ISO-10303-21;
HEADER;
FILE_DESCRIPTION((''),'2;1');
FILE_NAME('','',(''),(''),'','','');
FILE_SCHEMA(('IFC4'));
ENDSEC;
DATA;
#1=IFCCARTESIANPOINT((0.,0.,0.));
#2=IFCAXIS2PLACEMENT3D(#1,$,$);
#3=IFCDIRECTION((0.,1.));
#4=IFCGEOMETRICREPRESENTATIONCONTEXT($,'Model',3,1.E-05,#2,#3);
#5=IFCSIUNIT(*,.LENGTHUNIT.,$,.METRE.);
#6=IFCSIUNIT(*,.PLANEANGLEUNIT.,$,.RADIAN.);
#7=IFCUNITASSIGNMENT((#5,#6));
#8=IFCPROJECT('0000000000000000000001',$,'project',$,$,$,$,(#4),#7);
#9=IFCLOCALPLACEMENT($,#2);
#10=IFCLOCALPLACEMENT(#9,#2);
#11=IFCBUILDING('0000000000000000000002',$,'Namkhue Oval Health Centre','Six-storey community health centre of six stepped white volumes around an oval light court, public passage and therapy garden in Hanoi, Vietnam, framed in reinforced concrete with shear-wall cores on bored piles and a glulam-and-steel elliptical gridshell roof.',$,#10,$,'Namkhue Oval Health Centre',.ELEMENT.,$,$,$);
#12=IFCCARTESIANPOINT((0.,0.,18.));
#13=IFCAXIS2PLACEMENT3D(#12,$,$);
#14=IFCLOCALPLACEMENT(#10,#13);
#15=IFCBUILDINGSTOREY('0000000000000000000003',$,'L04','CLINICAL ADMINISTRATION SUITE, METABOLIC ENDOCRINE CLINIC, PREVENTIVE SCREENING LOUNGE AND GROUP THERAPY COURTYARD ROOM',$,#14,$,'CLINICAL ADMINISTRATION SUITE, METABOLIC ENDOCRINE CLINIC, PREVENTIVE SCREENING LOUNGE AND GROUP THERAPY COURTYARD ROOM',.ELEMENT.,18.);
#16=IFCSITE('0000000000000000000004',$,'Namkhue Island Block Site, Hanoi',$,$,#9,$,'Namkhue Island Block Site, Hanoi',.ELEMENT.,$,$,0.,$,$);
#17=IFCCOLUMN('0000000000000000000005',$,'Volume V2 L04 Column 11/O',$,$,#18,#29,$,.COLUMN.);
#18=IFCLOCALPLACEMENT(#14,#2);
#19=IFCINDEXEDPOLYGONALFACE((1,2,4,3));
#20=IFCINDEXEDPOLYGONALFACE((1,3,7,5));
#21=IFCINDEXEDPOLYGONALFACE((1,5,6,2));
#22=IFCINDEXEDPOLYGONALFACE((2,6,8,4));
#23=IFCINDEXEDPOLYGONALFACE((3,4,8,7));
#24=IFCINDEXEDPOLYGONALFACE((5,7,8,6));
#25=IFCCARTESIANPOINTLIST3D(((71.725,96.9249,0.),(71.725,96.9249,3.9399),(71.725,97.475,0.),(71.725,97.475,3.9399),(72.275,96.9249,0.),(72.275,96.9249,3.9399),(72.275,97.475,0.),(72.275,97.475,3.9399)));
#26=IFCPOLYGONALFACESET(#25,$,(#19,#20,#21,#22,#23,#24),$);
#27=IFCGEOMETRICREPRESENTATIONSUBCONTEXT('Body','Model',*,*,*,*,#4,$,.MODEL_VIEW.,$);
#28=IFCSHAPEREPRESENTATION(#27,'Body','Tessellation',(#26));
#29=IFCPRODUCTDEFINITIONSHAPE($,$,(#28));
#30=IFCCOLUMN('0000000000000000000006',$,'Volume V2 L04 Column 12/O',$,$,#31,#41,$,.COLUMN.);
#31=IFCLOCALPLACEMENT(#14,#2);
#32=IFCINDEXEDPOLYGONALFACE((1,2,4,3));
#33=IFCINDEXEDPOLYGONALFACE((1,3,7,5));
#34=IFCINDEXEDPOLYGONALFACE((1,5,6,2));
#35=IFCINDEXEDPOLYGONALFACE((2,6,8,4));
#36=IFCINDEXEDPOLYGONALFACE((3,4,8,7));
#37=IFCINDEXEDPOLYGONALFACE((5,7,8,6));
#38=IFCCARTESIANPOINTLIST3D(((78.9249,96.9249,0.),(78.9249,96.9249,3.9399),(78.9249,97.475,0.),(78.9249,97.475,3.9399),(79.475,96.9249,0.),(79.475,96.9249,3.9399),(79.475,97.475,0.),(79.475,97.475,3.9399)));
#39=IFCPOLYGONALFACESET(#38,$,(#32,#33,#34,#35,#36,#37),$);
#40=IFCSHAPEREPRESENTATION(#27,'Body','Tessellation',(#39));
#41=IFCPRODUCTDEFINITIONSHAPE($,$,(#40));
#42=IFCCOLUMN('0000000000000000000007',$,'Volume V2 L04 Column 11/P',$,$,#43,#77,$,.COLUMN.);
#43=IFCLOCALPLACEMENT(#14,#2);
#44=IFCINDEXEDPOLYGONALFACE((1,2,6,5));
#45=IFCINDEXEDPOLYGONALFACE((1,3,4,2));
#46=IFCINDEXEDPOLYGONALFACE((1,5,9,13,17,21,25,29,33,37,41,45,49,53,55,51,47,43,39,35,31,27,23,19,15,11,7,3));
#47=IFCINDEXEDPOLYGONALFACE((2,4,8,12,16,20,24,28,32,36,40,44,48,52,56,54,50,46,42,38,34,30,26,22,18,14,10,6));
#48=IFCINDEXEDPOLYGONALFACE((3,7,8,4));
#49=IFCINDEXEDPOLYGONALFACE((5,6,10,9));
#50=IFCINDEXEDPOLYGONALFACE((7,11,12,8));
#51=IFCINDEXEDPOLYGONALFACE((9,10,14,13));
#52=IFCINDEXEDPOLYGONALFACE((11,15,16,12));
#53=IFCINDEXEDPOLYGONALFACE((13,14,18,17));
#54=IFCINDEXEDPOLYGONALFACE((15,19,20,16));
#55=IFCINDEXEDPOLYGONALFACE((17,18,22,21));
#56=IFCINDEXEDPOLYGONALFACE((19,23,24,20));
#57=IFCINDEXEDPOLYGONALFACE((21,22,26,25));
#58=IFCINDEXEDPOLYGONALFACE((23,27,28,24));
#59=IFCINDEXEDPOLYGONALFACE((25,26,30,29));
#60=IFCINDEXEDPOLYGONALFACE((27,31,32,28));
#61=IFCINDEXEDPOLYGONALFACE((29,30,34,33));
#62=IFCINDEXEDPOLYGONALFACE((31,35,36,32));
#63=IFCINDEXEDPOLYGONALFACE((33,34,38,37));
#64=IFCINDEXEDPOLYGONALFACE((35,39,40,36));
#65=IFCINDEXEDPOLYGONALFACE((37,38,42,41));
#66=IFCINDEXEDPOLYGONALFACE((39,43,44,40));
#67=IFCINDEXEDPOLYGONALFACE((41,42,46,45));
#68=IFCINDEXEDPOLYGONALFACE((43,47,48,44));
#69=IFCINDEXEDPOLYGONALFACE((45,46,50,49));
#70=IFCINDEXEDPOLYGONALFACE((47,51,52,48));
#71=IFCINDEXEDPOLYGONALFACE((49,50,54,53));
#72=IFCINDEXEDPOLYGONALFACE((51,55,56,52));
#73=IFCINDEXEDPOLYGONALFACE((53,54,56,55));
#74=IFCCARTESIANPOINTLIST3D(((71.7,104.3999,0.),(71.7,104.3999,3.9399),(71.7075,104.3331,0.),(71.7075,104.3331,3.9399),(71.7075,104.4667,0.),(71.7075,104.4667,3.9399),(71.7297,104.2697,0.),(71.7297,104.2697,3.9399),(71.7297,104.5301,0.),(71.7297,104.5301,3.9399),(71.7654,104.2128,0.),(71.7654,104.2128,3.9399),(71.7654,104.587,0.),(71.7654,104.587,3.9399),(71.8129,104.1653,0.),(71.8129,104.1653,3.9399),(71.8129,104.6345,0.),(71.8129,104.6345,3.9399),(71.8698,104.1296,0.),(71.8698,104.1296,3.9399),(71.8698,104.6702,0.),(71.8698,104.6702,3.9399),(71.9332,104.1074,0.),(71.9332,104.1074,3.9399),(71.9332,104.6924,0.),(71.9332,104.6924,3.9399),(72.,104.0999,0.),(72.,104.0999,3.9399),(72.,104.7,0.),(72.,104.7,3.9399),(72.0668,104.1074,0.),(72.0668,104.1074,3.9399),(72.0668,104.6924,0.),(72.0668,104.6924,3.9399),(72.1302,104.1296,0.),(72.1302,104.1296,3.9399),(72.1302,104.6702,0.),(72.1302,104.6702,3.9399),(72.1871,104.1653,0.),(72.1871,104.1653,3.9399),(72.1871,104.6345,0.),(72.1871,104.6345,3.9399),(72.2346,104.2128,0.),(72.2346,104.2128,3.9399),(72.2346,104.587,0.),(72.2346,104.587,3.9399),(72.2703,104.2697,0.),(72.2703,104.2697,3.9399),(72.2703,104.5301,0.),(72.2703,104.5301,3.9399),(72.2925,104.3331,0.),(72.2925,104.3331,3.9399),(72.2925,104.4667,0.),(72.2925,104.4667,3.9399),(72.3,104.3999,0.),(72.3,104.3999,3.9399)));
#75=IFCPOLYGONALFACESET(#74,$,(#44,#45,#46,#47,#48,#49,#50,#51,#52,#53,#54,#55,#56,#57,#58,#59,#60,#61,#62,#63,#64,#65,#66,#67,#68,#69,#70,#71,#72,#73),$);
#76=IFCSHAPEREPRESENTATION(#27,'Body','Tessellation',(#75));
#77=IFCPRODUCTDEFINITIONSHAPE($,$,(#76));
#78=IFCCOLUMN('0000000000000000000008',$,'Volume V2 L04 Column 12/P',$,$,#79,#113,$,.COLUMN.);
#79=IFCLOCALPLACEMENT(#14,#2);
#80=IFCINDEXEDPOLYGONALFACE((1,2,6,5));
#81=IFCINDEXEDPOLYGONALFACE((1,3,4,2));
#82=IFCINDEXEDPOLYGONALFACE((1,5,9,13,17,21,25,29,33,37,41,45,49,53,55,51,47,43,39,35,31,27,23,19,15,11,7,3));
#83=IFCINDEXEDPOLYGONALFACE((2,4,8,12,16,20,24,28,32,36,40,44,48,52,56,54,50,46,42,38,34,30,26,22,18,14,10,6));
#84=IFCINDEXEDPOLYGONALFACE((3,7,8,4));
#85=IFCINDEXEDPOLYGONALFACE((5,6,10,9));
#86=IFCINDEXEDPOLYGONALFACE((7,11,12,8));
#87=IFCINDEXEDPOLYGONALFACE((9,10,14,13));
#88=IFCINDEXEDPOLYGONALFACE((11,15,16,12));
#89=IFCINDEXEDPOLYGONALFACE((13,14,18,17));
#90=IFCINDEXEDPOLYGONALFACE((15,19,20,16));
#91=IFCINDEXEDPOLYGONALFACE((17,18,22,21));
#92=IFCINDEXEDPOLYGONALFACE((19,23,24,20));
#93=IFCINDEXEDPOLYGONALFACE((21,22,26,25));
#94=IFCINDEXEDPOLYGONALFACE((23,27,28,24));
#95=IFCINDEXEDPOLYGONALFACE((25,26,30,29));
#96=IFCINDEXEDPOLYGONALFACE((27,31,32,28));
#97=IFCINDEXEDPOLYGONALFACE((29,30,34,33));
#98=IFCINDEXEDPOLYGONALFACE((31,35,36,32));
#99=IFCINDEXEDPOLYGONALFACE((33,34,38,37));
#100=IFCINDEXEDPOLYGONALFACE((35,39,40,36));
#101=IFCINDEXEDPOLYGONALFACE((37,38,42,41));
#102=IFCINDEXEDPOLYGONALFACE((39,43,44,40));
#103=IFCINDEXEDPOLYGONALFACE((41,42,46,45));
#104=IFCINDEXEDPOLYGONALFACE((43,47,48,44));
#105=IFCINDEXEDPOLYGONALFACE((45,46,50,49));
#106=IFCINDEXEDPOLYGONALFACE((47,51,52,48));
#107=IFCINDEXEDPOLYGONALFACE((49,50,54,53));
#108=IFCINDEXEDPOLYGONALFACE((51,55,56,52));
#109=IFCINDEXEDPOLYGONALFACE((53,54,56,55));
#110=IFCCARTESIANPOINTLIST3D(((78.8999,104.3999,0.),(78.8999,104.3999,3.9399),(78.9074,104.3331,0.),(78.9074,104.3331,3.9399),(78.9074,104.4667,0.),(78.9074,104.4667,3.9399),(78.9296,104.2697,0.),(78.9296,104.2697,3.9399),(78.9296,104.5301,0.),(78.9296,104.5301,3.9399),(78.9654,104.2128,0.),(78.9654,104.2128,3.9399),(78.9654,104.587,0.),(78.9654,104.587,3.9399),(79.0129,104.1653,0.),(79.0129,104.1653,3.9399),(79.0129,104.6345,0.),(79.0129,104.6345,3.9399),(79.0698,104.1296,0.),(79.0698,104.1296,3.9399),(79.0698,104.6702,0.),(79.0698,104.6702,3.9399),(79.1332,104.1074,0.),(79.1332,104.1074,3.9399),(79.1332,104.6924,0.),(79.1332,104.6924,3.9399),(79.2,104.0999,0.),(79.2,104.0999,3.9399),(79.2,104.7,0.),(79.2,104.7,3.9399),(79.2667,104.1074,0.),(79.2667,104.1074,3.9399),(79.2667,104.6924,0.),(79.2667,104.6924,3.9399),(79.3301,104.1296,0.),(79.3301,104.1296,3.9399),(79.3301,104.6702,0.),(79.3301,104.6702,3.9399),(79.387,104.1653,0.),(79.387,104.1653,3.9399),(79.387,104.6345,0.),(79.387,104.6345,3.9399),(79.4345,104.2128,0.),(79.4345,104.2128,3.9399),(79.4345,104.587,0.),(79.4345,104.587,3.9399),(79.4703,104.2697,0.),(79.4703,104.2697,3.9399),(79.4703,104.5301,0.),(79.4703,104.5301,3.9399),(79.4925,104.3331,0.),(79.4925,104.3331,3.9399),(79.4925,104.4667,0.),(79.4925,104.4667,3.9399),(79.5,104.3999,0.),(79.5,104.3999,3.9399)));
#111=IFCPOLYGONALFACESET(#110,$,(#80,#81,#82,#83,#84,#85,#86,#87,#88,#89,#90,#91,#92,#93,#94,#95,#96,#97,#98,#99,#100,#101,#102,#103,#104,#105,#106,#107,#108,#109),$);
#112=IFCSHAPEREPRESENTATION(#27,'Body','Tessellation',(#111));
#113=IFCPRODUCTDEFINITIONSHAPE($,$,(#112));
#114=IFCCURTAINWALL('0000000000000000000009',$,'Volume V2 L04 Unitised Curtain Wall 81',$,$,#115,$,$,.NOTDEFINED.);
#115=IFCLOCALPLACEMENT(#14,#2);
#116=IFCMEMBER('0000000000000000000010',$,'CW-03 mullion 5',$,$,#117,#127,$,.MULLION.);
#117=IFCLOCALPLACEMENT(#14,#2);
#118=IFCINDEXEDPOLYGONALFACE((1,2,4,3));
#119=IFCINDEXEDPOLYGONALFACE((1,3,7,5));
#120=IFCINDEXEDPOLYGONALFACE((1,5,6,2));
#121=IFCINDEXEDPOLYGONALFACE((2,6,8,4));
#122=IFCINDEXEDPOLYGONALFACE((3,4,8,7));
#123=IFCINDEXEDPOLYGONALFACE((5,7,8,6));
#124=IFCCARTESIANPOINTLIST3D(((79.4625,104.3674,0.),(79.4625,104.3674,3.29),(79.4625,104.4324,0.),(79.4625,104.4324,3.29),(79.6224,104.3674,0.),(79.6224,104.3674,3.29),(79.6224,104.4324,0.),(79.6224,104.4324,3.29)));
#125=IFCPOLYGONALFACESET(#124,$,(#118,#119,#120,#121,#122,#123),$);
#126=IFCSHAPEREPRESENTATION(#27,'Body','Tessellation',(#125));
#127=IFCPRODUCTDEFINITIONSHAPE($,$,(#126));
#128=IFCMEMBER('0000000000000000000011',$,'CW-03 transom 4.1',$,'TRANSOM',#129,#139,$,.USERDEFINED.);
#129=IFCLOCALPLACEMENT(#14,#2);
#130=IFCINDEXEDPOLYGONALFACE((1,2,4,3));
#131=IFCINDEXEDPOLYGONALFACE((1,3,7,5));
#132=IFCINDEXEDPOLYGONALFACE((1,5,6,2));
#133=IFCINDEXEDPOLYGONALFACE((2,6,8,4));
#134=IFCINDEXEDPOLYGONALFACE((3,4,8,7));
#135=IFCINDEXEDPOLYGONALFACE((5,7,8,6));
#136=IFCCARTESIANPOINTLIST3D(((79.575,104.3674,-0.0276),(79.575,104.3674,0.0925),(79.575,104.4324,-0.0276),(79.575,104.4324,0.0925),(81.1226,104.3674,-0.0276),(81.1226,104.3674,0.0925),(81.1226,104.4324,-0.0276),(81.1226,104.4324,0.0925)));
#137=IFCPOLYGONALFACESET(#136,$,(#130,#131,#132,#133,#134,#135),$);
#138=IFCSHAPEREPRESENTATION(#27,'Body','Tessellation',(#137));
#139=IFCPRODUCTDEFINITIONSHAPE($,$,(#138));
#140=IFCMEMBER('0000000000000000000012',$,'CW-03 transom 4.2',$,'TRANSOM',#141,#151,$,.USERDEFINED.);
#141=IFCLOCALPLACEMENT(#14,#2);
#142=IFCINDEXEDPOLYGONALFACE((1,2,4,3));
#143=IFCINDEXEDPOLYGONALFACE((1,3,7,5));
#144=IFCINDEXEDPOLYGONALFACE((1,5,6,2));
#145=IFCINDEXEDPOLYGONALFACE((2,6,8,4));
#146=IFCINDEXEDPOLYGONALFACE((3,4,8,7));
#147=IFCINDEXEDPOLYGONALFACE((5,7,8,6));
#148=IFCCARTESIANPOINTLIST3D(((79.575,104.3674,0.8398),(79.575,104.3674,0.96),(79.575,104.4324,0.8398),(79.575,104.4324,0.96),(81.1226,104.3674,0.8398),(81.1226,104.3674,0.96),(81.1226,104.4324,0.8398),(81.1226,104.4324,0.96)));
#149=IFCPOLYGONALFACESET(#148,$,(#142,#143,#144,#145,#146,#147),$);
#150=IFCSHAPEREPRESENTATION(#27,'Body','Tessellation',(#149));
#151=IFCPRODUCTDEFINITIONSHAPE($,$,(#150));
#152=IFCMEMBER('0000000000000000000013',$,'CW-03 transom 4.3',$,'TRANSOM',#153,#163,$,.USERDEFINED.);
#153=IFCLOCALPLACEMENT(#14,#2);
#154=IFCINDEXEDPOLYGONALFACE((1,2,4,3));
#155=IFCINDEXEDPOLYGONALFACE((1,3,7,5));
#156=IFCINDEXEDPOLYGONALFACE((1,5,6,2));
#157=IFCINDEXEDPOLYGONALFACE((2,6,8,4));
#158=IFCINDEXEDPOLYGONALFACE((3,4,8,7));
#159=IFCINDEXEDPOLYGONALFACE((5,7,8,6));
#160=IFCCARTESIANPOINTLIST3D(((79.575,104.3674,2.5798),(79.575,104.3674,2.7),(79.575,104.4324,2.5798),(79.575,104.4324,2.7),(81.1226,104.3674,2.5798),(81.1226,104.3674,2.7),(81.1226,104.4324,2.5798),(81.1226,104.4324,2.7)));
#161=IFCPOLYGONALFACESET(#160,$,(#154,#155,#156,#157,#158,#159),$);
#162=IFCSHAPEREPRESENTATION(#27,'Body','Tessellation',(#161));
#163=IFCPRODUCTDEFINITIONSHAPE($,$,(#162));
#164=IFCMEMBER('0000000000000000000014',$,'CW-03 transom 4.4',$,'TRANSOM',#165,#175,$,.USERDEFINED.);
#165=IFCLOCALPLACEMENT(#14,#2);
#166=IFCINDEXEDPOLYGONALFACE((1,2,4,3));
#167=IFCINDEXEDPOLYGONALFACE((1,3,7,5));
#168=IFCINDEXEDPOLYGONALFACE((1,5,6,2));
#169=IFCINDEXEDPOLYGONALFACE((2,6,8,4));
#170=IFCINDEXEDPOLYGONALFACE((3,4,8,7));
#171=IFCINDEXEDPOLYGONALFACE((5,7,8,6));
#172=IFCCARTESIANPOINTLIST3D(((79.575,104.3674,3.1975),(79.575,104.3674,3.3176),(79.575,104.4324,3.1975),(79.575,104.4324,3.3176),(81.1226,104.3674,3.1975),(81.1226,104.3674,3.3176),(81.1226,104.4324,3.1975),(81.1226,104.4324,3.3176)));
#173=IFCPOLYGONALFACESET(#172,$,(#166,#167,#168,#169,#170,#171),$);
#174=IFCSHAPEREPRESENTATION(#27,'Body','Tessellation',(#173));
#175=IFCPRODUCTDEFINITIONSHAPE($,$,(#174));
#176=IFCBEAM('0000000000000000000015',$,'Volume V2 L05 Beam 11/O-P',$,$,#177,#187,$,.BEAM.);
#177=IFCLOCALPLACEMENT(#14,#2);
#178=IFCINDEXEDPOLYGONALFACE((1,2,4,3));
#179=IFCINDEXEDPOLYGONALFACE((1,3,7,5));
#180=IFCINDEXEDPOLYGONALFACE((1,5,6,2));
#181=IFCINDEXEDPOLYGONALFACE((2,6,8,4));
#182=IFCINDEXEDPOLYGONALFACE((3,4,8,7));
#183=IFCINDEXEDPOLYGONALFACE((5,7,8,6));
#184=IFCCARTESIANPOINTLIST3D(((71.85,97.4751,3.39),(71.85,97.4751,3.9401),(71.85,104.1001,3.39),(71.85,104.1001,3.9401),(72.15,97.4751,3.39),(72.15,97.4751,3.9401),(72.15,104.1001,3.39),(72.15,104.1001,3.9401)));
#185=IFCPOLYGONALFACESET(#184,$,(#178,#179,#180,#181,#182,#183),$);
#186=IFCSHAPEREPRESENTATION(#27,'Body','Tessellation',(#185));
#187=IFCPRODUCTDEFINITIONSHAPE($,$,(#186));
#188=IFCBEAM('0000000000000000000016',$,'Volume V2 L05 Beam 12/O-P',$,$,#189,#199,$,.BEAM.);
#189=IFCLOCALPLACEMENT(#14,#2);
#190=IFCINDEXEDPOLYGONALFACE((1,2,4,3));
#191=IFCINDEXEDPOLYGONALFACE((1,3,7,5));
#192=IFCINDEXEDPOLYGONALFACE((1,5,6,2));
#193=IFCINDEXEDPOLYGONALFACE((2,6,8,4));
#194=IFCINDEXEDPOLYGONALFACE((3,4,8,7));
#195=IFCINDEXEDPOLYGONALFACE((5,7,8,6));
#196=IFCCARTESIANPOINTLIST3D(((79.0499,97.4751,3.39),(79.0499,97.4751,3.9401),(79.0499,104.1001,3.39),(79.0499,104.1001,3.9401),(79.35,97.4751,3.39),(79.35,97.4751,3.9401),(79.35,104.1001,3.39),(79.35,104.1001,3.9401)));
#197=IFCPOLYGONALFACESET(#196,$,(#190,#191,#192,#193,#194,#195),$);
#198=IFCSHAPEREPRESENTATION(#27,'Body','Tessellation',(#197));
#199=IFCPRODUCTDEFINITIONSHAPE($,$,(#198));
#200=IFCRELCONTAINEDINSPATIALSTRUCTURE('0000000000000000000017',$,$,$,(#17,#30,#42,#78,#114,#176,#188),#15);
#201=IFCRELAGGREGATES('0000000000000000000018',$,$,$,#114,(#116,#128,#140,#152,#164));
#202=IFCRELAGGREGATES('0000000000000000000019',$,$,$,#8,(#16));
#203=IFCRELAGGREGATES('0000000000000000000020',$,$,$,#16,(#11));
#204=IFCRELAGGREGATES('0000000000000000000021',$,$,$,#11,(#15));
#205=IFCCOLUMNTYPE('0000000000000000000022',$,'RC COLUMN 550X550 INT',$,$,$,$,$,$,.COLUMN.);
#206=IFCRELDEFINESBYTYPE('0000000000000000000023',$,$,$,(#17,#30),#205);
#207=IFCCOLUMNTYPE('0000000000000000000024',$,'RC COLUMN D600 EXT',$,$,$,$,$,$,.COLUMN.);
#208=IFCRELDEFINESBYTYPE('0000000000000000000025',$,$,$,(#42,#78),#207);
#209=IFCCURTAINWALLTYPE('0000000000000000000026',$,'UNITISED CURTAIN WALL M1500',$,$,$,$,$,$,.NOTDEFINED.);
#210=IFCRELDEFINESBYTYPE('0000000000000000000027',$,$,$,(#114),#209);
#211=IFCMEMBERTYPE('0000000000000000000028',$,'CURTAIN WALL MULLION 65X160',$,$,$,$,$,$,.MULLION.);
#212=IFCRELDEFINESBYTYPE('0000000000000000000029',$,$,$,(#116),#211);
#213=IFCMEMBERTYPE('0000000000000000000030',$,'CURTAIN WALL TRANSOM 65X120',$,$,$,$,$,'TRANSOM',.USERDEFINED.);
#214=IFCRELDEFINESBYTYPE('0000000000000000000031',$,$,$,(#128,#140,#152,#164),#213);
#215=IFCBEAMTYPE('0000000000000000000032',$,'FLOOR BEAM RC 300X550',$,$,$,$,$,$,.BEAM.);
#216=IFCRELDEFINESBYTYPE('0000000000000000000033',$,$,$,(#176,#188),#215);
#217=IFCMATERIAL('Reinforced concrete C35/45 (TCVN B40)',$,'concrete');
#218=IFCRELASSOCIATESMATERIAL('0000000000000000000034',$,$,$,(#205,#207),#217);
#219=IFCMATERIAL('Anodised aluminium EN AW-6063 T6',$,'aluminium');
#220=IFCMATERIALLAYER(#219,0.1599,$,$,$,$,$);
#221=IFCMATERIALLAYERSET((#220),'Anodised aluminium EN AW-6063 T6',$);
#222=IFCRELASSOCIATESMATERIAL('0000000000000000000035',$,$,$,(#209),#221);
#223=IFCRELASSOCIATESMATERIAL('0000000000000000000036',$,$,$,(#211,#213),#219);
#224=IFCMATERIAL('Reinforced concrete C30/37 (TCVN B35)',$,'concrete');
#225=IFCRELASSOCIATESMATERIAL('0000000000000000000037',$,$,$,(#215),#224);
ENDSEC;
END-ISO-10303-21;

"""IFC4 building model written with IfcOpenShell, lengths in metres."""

from ifc_helpers import new_model, si_unit, direction, frame, origin, origin_2d, place, context, subcontext, project, spatial, rectangle, circle, extrude, material, layer, layer_set, material_profile, profile_set, type_object, element, aggregate, save


model = new_model("IFC4")

# Units and contexts
model_context = context("Model", 3, precision=1e-05, world=origin(), true_north=direction((0.0, 1.0)))
body_context = subcontext(model_context, "Body", "Model", "MODEL_VIEW")
ifc_project = project(units=[si_unit("LENGTHUNIT", "METRE"), si_unit("PLANEANGLEUNIT", "RADIAN")], contexts=[model_context])

# Site, building, storey
site_placement = place(None, origin())
site = spatial("IfcSite", under=ifc_project, at=site_placement, Name="Namkhue Island Block Site, Hanoi", LongName="Namkhue Island Block Site, Hanoi", CompositionType="ELEMENT", RefElevation=0.0)
building_placement = place(site_placement, origin())
building = spatial("IfcBuilding", under=site, at=building_placement, Name="Namkhue Oval Health Centre", Description="Six-storey community health centre of six stepped white volumes around an oval light court, public passage and therapy garden in Hanoi, Vietnam, framed in reinforced concrete with shear-wall cores on bored piles and a glulam-and-steel elliptical gridshell roof.", LongName="Namkhue Oval Health Centre", CompositionType="ELEMENT")
storey_placement = place(building_placement, frame((0.0, 0.0, 18.0)))
storey = spatial("IfcBuildingStorey", under=building, at=storey_placement, Name="L04", Description="CLINICAL ADMINISTRATION SUITE, METABOLIC ENDOCRINE CLINIC, PREVENTIVE SCREENING LOUNGE AND GROUP THERAPY COURTYARD ROOM", LongName="CLINICAL ADMINISTRATION SUITE, METABOLIC ENDOCRINE CLINIC, PREVENTIVE SCREENING LOUNGE AND GROUP THERAPY COURTYARD ROOM", CompositionType="ELEMENT", Elevation=18.0)

# Columns
ifc_material_1 = material(Name="Reinforced concrete C35/45 (TCVN B40)", Category="concrete")
ifc_material_profile_1 = material_profile(ifc_material_1, rectangle(XDim=0.55, YDim=0.55, at=origin_2d()), Name="RC 550x550")
ifc_profile_set_1 = profile_set([ifc_material_profile_1], Name="Reinforced concrete C35/45 (TCVN B40)")
column_type_1 = type_object("IfcColumnType", Name="RC COLUMN 550X550 INT", PredefinedType="COLUMN", material=ifc_profile_set_1)
for number, where, z_axis, x_axis, name in (
    (1, (72.0, 97.2, 0.0), (0.0, 0.0, 1.0), (1.0, 0.0, 0.0), "Volume V2 L04 Column 11/O"),
    (2, (79.2, 97.2, 0.0), (0.0, 0.0, 1.0), (1.0, 0.0, 0.0), "Volume V2 L04 Column 12/O"),
):
    element("IfcColumn", number, at=place(storey_placement, frame(where, z_axis=z_axis, x_axis=x_axis)), inside=storey, type_object=column_type_1, Name=name, PredefinedType="COLUMN", context=body_context, shape_type="SweptSolid", body=[
        extrude(rectangle(XDim=0.55, YDim=0.55, at=origin_2d()), origin(), (0.0, 0.0, 1.0), 3.9399),
    ])
ifc_material_profile_2 = material_profile(ifc_material_1, circle(Radius=0.3, at=origin_2d()), Name="RC D600")
ifc_profile_set_2 = profile_set([ifc_material_profile_2], Name="Reinforced concrete C35/45 (TCVN B40)")
column_type_2 = type_object("IfcColumnType", Name="RC COLUMN D600 EXT", PredefinedType="COLUMN", material=ifc_profile_set_2)
for number, where, z_axis, x_axis, name in (
    (3, (72.0, 104.3999, 0.0), (0.0, 0.0, 1.0), (1.0, 0.0, 0.0), "Volume V2 L04 Column 11/P"),
    (4, (79.2, 104.3999, 0.0), (0.0, 0.0, 1.0), (1.0, 0.0, 0.0), "Volume V2 L04 Column 12/P"),
):
    element("IfcColumn", number, at=place(storey_placement, frame(where, z_axis=z_axis, x_axis=x_axis)), inside=storey, type_object=column_type_2, Name=name, PredefinedType="COLUMN", context=body_context, shape_type="SweptSolid", body=[
        extrude(circle(Radius=0.3, at=origin_2d()), origin(), (0.0, 0.0, 1.0), 3.9399),
    ])

# Curtain wall, members
ifc_material_2 = material(Name="Anodised aluminium EN AW-6063 T6", Category="aluminium")
ifc_layer_1 = layer(ifc_material_2, 0.1599)
ifc_layer_set_1 = layer_set([ifc_layer_1], Name="Anodised aluminium EN AW-6063 T6")
curtain_wall_type = type_object("IfcCurtainWallType", Name="UNITISED CURTAIN WALL M1500", PredefinedType="NOTDEFINED", material=ifc_layer_set_1)
curtain_wall_placement = place(storey_placement, origin())
curtain_wall = element("IfcCurtainWall", 5, at=curtain_wall_placement, inside=storey, type_object=curtain_wall_type, Name="Volume V2 L04 Unitised Curtain Wall 81", PredefinedType="NOTDEFINED")
ifc_material_profile_3 = material_profile(ifc_material_2, rectangle(XDim=0.0649, YDim=0.1599, at=origin_2d()), Name="ALU 65x160")
ifc_profile_set_3 = profile_set([ifc_material_profile_3], Name="Anodised aluminium EN AW-6063 T6")
member_type_1 = type_object("IfcMemberType", Name="CURTAIN WALL MULLION 65X160", PredefinedType="MULLION", material=ifc_profile_set_3)
member_1_placement = place(storey_placement, frame((79.5425, 104.3999, 0.0), z_axis=(0.0, 0.0, 1.0), x_axis=(0.0, -1.0, 0.0)))
member_1 = element("IfcMember", 6, at=member_1_placement, type_object=member_type_1, Name="CW-03 mullion 5", PredefinedType="MULLION", context=body_context, shape_type="SweptSolid", body=[
    extrude(rectangle(XDim=0.0649, YDim=0.1599, at=origin_2d()), origin(), (0.0, 0.0, 1.0), 3.29),
])
ifc_material_profile_4 = material_profile(ifc_material_2, rectangle(XDim=0.0649, YDim=0.1201, at=origin_2d()), Name="ALU 65x120")
ifc_profile_set_4 = profile_set([ifc_material_profile_4], Name="Anodised aluminium EN AW-6063 T6")
member_type_2 = type_object("IfcMemberType", Name="CURTAIN WALL TRANSOM 65X120", ElementType="TRANSOM", PredefinedType="USERDEFINED", material=ifc_profile_set_4)
member_2_placement = place(storey_placement, frame((81.1226, 104.3999, 0.0325), z_axis=(-1.0, 0.0, 0.0), x_axis=(0.0, -1.0, 0.0)))
member_2 = element("IfcMember", 7, at=member_2_placement, type_object=member_type_2, Name="CW-03 transom 4.1", ObjectType="TRANSOM", PredefinedType="USERDEFINED", context=body_context, shape_type="SweptSolid", body=[
    extrude(rectangle(XDim=0.0649, YDim=0.1201, at=origin_2d()), origin(), (0.0, 0.0, 1.0), 1.5476),
])
member_3_placement = place(storey_placement, frame((81.1226, 104.3999, 0.8999), z_axis=(-1.0, 0.0, 0.0), x_axis=(0.0, -1.0, 0.0)))
member_3 = element("IfcMember", 8, at=member_3_placement, type_object=member_type_2, Name="CW-03 transom 4.2", ObjectType="TRANSOM", PredefinedType="USERDEFINED", context=body_context, shape_type="SweptSolid", body=[
    extrude(rectangle(XDim=0.0649, YDim=0.1201, at=origin_2d()), origin(), (0.0, 0.0, 1.0), 1.5476),
])
member_4_placement = place(storey_placement, frame((81.1226, 104.3999, 2.6399), z_axis=(-1.0, 0.0, 0.0), x_axis=(0.0, -1.0, 0.0)))
member_4 = element("IfcMember", 9, at=member_4_placement, type_object=member_type_2, Name="CW-03 transom 4.3", ObjectType="TRANSOM", PredefinedType="USERDEFINED", context=body_context, shape_type="SweptSolid", body=[
    extrude(rectangle(XDim=0.0649, YDim=0.1201, at=origin_2d()), origin(), (0.0, 0.0, 1.0), 1.5476),
])
member_5_placement = place(storey_placement, frame((81.1226, 104.3999, 3.2576), z_axis=(-1.0, 0.0, 0.0), x_axis=(0.0, -1.0, 0.0)))
member_5 = element("IfcMember", 10, at=member_5_placement, type_object=member_type_2, Name="CW-03 transom 4.4", ObjectType="TRANSOM", PredefinedType="USERDEFINED", context=body_context, shape_type="SweptSolid", body=[
    extrude(rectangle(XDim=0.0649, YDim=0.1201, at=origin_2d()), origin(), (0.0, 0.0, 1.0), 1.5476),
])

# Beams
ifc_material_3 = material(Name="Reinforced concrete C30/37 (TCVN B35)", Category="concrete")
ifc_material_profile_5 = material_profile(ifc_material_3, rectangle(XDim=0.3, YDim=0.55, at=origin_2d()), Name="RC 300x550")
ifc_profile_set_5 = profile_set([ifc_material_profile_5], Name="Reinforced concrete C30/37 (TCVN B35)")
beam_type_1 = type_object("IfcBeamType", Name="FLOOR BEAM RC 300X550", PredefinedType="BEAM", material=ifc_profile_set_5)
for number, where, z_axis, x_axis, name in (
    (11, (72.0, 97.4751, 3.665), (0.0, 1.0, 0.0), (-1.0, 0.0, 0.0), "Volume V2 L05 Beam 11/O-P"),
    (12, (79.2, 97.4751, 3.665), (0.0, 1.0, 0.0), (-1.0, 0.0, 0.0), "Volume V2 L05 Beam 12/O-P"),
):
    element("IfcBeam", number, at=place(storey_placement, frame(where, z_axis=z_axis, x_axis=x_axis)), inside=storey, type_object=beam_type_1, Name=name, PredefinedType="BEAM", context=body_context, shape_type="SweptSolid", body=[
        extrude(rectangle(XDim=0.3, YDim=0.55, at=origin_2d()), origin(), (0.0, 0.0, 1.0), 6.625),
    ])

aggregate(curtain_wall, [member_1, member_2, member_3, member_4, member_5])

save(model, "model.ifc")
